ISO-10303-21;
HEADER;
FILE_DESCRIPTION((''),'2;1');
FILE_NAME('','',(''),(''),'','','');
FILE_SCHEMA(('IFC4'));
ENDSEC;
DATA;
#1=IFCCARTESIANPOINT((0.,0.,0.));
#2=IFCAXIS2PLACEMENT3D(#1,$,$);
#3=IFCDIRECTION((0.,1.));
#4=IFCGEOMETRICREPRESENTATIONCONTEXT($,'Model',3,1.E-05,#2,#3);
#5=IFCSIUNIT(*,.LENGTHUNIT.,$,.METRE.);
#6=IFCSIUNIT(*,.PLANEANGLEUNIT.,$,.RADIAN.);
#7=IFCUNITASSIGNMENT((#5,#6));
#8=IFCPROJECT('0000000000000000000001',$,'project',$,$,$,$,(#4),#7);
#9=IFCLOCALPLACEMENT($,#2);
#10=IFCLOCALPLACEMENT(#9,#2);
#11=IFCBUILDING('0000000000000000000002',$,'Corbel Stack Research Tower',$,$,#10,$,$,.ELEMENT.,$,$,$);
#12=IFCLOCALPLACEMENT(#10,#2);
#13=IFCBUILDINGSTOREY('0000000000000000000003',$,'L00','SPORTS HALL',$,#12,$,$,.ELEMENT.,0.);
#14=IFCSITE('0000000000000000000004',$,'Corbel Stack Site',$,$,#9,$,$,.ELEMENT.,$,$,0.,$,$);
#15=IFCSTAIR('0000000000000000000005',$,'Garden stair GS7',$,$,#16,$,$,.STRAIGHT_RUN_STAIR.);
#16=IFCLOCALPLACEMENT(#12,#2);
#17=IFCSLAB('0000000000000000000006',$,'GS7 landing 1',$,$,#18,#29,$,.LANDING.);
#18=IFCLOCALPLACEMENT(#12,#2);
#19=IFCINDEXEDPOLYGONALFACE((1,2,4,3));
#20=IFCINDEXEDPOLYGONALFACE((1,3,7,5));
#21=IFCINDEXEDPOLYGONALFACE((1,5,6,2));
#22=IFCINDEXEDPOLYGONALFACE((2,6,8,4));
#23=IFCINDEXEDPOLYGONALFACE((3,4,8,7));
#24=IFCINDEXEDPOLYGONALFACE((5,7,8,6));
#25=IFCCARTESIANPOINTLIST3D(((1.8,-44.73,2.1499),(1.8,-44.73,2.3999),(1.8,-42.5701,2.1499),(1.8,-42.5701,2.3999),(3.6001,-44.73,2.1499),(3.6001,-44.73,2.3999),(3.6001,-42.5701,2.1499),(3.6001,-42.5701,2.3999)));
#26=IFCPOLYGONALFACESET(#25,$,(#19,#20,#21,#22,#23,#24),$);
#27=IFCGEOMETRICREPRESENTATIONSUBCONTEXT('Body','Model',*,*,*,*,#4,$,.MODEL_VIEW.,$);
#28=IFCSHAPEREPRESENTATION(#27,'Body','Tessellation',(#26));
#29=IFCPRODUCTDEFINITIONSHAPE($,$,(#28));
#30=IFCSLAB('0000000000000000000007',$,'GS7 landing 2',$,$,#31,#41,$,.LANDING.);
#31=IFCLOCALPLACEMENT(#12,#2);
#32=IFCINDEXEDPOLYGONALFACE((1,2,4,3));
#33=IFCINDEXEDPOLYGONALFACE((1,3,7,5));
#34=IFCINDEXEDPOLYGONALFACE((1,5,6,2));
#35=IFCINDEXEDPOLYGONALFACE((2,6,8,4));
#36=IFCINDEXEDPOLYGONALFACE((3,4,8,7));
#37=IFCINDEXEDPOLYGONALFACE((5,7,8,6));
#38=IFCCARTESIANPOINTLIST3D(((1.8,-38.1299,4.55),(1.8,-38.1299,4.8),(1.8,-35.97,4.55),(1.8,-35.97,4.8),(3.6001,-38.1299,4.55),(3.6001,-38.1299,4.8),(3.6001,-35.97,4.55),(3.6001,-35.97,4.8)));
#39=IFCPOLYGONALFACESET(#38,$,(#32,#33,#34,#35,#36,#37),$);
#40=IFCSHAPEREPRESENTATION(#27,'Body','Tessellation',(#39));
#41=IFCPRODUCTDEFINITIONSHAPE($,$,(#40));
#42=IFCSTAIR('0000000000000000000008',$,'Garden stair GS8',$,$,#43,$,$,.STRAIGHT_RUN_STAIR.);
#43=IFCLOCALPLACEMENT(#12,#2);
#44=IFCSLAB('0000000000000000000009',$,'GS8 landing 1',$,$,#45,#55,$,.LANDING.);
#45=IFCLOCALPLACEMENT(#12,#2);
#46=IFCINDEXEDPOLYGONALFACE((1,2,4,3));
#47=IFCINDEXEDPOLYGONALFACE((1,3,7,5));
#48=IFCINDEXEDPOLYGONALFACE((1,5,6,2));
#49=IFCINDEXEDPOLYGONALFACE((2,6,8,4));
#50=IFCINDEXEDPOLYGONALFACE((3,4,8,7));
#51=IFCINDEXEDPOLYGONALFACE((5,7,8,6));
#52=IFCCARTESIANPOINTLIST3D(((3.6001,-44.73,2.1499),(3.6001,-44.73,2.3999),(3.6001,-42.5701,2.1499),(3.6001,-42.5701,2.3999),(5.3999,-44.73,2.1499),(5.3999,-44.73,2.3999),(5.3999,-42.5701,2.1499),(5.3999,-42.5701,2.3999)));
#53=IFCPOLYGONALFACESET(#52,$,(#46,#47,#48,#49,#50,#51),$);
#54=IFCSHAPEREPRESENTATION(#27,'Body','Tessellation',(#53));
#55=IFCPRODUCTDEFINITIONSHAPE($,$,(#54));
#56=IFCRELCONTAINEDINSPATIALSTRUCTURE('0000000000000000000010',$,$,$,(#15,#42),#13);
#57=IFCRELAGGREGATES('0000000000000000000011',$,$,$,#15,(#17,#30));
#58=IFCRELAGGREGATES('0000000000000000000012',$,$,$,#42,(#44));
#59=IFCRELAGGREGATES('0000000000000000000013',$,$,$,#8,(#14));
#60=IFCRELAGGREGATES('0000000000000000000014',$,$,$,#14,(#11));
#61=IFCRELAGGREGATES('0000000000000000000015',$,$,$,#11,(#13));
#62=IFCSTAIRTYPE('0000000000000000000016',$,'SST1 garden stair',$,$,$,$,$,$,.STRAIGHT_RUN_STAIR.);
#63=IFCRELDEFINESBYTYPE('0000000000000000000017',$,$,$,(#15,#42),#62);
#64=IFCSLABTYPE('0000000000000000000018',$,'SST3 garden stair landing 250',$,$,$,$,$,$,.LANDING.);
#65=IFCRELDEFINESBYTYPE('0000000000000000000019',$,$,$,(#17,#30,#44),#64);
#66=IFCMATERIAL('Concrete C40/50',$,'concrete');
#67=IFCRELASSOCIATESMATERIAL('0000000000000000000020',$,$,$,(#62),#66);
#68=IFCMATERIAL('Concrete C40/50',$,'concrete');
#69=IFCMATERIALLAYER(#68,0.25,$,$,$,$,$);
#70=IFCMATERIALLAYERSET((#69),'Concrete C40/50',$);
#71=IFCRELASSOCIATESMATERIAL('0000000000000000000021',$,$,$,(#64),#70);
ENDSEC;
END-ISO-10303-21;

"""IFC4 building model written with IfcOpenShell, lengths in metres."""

from ifc_helpers import new_model, si_unit, direction, frame, origin, place, context, subcontext, project, spatial, polyline, outline, extrude, material, layer, layer_set, type_object, element, aggregate, save


model = new_model("IFC4")

# Units and contexts
model_context = context("Model", 3, precision=1e-05, world=origin(), true_north=direction((0.0, 1.0)))
body_context = subcontext(model_context, "Body", "Model", "MODEL_VIEW")
ifc_project = project(units=[si_unit("LENGTHUNIT", "METRE"), si_unit("PLANEANGLEUNIT", "RADIAN")], contexts=[model_context])

# Site, building, storey
site_placement = place(None, origin())
site = spatial("IfcSite", under=ifc_project, at=site_placement, Name="Corbel Stack Site", CompositionType="ELEMENT", RefElevation=0.0)
building_placement = place(site_placement, origin())
building = spatial("IfcBuilding", under=site, at=building_placement, Name="Corbel Stack Research Tower", CompositionType="ELEMENT")
storey_placement = place(building_placement, origin())
storey = spatial("IfcBuildingStorey", under=building, at=storey_placement, Name="L00", Description="SPORTS HALL", CompositionType="ELEMENT", Elevation=0.0)

# Stair, slabs
ifc_material_1 = material(Name="Concrete C40/50", Category="concrete")
stair_type_1 = type_object("IfcStairType", Name="SST1 garden stair", PredefinedType="STRAIGHT_RUN_STAIR", material=ifc_material_1)
ifc_material_2 = material(Name="Concrete C40/50", Category="concrete")
ifc_layer_1 = layer(ifc_material_2, 0.25)
ifc_layer_set_1 = layer_set([ifc_layer_1], Name="Concrete C40/50")
slab_type_1 = type_object("IfcSlabType", Name="SST3 garden stair landing 250", PredefinedType="LANDING", material=ifc_layer_set_1)
stair_1_placement = place(storey_placement, origin())
stair_1 = element("IfcStair", 1, at=stair_1_placement, inside=storey, type_object=stair_type_1, Name="Garden stair GS7", PredefinedType="STRAIGHT_RUN_STAIR")
slab_1_placement = place(storey_placement, frame((0.0, 0.0, 2.1499)))
slab_1 = element("IfcSlab", 2, at=slab_1_placement, type_object=slab_type_1, Name="GS7 landing 1", PredefinedType="LANDING", context=body_context, shape_type="SweptSolid", body=[
    extrude(outline(polyline([(1.8, -44.73), (3.6001, -44.73), (3.6001, -42.5701), (1.8, -42.5701), (1.8, -44.73)])), origin(), (0.0, 0.0, 1.0), 0.25),
])
slab_2_placement = place(storey_placement, frame((0.0, 0.0, 4.55)))
slab_2 = element("IfcSlab", 3, at=slab_2_placement, type_object=slab_type_1, Name="GS7 landing 2", PredefinedType="LANDING", context=body_context, shape_type="SweptSolid", body=[
    extrude(outline(polyline([(1.8, -38.1299), (3.6001, -38.1299), (3.6001, -35.97), (1.8, -35.97), (1.8, -38.1299)])), origin(), (0.0, 0.0, 1.0), 0.25),
])
aggregate(stair_1, [slab_1, slab_2])

# Stair, slab
stair_2_placement = place(storey_placement, origin())
stair_2 = element("IfcStair", 4, at=stair_2_placement, inside=storey, type_object=stair_type_1, Name="Garden stair GS8", PredefinedType="STRAIGHT_RUN_STAIR")
slab_3_placement = place(storey_placement, frame((0.0, 0.0, 2.1499)))
slab_3 = element("IfcSlab", 5, at=slab_3_placement, type_object=slab_type_1, Name="GS8 landing 1", PredefinedType="LANDING", context=body_context, shape_type="SweptSolid", body=[
    extrude(outline(polyline([(3.6001, -44.73), (5.3999, -44.73), (5.3999, -42.5701), (3.6001, -42.5701), (3.6001, -44.73)])), origin(), (0.0, 0.0, 1.0), 0.25),
])
aggregate(stair_2, [slab_3])

save(model, "model.ifc")
